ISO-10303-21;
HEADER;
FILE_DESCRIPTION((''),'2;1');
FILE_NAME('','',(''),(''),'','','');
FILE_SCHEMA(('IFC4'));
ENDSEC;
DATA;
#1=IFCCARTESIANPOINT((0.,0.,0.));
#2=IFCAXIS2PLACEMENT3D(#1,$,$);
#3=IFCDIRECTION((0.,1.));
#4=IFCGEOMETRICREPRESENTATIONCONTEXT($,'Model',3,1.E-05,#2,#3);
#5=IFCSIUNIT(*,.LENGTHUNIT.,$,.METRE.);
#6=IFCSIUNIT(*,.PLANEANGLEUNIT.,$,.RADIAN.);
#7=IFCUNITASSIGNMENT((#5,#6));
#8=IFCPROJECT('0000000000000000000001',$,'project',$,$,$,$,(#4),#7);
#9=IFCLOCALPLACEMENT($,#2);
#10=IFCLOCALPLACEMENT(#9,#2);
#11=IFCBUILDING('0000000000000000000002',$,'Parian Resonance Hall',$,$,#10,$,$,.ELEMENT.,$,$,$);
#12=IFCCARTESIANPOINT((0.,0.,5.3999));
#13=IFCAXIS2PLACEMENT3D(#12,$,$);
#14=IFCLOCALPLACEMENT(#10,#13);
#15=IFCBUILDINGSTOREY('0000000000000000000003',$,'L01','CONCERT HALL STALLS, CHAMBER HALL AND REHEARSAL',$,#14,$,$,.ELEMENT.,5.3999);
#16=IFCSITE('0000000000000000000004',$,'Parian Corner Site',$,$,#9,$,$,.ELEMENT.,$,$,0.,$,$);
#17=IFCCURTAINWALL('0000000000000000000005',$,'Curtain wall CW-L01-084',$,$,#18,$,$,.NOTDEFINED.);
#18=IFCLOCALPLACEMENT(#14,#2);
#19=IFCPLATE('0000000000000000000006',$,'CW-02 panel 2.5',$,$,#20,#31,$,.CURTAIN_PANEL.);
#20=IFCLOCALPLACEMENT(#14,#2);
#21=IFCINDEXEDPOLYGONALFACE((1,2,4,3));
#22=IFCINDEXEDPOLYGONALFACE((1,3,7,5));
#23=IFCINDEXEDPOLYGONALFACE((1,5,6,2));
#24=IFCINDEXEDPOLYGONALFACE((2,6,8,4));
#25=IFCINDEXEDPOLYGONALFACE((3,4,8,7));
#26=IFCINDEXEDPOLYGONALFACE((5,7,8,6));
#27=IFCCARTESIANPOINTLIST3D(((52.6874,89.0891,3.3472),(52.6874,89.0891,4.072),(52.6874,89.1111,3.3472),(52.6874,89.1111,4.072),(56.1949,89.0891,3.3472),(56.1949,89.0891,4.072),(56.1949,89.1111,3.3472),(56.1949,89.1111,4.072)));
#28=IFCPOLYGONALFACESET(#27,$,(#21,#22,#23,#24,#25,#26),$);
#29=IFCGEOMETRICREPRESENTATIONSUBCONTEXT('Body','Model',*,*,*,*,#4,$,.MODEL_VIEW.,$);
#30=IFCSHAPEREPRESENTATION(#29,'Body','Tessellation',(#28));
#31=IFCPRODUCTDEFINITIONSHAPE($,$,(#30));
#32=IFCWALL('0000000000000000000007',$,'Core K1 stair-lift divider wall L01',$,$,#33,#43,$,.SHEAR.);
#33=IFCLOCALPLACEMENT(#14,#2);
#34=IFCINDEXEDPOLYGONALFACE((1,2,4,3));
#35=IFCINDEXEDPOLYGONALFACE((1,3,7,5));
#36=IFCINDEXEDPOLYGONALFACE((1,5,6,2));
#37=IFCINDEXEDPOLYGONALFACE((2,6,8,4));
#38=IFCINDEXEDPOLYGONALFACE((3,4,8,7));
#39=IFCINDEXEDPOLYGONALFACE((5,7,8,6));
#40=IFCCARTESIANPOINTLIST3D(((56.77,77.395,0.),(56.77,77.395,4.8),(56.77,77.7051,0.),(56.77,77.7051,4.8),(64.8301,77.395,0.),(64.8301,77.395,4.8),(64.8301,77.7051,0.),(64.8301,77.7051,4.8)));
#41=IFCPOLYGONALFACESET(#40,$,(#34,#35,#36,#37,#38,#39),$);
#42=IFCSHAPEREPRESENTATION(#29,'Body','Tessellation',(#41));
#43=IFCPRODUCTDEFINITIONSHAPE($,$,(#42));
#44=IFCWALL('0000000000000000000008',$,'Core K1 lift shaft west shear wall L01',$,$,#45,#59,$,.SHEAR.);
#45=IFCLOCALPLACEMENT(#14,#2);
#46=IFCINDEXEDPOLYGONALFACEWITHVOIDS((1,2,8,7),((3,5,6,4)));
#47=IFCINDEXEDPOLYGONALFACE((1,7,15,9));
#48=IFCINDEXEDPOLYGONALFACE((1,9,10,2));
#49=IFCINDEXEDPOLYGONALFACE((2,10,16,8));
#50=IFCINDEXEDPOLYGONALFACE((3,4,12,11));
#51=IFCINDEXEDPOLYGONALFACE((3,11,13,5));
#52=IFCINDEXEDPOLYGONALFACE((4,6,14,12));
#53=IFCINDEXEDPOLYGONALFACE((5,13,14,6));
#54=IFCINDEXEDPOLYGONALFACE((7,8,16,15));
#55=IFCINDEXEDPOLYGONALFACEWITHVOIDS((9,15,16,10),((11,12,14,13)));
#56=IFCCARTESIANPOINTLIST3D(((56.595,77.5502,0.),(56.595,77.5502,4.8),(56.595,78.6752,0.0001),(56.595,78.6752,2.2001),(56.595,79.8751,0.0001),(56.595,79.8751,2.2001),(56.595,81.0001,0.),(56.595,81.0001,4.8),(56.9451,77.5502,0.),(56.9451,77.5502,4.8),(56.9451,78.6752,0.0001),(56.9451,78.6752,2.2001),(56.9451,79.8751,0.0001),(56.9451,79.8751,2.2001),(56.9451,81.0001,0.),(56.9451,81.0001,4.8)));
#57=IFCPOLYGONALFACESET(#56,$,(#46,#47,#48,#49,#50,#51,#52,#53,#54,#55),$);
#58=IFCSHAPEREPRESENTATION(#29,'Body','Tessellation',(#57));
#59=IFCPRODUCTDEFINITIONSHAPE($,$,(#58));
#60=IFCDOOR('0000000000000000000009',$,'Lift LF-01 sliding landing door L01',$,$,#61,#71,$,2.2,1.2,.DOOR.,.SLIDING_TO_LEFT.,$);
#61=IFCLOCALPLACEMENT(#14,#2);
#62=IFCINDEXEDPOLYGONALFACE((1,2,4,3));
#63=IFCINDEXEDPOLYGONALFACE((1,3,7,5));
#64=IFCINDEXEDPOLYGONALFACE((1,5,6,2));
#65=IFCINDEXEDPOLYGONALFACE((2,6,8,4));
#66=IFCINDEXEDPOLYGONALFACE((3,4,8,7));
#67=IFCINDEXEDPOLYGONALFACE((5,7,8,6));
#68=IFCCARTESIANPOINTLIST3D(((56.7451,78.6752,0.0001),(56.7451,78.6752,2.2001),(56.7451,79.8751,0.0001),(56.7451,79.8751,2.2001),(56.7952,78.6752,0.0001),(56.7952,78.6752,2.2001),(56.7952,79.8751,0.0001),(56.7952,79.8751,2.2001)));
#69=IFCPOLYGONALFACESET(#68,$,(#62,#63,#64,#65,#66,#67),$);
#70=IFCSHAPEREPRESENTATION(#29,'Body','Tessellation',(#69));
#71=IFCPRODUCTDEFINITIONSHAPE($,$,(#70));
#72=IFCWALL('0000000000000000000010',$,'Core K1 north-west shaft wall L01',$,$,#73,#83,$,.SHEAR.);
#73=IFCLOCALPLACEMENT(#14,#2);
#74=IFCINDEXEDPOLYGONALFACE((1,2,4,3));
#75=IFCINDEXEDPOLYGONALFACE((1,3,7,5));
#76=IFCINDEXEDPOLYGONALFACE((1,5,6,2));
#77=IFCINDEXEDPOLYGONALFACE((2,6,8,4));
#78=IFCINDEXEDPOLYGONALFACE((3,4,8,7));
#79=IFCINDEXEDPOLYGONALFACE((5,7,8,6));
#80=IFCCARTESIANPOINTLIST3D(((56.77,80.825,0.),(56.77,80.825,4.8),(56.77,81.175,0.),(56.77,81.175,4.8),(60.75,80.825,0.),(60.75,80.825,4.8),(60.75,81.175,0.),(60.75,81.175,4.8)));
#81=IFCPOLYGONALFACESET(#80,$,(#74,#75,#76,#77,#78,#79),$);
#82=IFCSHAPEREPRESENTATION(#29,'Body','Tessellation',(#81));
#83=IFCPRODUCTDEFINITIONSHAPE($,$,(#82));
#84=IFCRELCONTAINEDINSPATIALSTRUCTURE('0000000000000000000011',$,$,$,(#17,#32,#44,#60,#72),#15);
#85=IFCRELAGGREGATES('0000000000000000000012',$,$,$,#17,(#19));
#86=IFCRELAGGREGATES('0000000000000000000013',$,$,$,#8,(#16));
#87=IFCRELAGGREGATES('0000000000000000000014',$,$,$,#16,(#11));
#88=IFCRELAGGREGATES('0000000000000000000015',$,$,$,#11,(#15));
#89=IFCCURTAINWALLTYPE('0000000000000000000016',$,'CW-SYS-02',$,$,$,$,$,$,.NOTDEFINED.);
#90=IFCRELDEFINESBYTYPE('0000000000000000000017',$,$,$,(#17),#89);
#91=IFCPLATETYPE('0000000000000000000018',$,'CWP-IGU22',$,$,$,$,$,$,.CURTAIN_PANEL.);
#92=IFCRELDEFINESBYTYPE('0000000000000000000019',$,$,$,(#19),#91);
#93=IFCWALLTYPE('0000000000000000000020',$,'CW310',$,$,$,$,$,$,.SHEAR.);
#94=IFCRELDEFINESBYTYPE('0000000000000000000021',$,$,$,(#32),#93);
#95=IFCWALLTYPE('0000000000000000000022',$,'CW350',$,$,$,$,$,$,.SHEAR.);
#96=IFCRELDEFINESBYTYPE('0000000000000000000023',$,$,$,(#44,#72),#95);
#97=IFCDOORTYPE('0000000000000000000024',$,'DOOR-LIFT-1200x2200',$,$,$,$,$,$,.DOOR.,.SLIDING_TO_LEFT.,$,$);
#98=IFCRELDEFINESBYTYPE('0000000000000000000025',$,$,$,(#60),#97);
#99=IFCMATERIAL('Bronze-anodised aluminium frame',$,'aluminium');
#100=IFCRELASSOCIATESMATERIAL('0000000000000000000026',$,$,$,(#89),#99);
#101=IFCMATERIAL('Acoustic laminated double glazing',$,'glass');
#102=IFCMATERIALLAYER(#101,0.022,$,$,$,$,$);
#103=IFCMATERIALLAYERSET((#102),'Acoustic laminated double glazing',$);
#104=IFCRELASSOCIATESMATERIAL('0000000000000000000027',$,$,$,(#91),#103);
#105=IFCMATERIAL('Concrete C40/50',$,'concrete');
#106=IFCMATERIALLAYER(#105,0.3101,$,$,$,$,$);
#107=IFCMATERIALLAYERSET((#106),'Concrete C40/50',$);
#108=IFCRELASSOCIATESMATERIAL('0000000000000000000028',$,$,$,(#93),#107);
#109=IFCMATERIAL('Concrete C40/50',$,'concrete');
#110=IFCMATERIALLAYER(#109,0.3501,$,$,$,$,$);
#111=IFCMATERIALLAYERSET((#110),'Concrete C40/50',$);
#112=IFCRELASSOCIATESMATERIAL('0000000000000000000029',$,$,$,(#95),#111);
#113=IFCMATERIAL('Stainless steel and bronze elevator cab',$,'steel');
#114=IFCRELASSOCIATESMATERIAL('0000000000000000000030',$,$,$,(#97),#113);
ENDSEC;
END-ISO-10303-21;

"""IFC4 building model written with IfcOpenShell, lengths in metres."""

from ifc_helpers import new_model, si_unit, direction, frame, frame_2d, origin, origin_2d, place, context, subcontext, project, spatial, rectangle, extrude, material, layer, layer_set, type_object, element, fill, aggregate, save


model = new_model("IFC4")

# Units and contexts
model_context = context("Model", 3, precision=1e-05, world=origin(), true_north=direction((0.0, 1.0)))
body_context = subcontext(model_context, "Body", "Model", "MODEL_VIEW")
ifc_project = project(units=[si_unit("LENGTHUNIT", "METRE"), si_unit("PLANEANGLEUNIT", "RADIAN")], contexts=[model_context])

# Site, building, storey
site_placement = place(None, origin())
site = spatial("IfcSite", under=ifc_project, at=site_placement, Name="Parian Corner Site", CompositionType="ELEMENT", RefElevation=0.0)
building_placement = place(site_placement, origin())
building = spatial("IfcBuilding", under=site, at=building_placement, Name="Parian Resonance Hall", CompositionType="ELEMENT")
storey_placement = place(building_placement, frame((0.0, 0.0, 5.3999)))
storey = spatial("IfcBuildingStorey", under=building, at=storey_placement, Name="L01", Description="CONCERT HALL STALLS, CHAMBER HALL AND REHEARSAL", CompositionType="ELEMENT", Elevation=5.3999)

# Curtain wall
ifc_material_1 = material(Name="Bronze-anodised aluminium frame", Category="aluminium")
curtain_wall_type_1 = type_object("IfcCurtainWallType", Name="CW-SYS-02", PredefinedType="NOTDEFINED", material=ifc_material_1)
curtain_wall_1_placement = place(storey_placement, origin())
curtain_wall_1 = element("IfcCurtainWall", 1, at=curtain_wall_1_placement, inside=storey, type_object=curtain_wall_type_1, Name="Curtain wall CW-L01-084", PredefinedType="NOTDEFINED")

# Plate
ifc_material_2 = material(Name="Acoustic laminated double glazing", Category="glass")
ifc_layer_1 = layer(ifc_material_2, 0.022)
ifc_layer_set_1 = layer_set([ifc_layer_1], Name="Acoustic laminated double glazing")
plate_type = type_object("IfcPlateType", Name="CWP-IGU22", PredefinedType="CURTAIN_PANEL", material=ifc_layer_set_1)
plate_1_placement = place(storey_placement, frame((54.4412, 89.1001, 3.3472), z_axis=(0.0, 0.0, 1.0), x_axis=(1.0, 0.0, 0.0)))
plate_1 = element("IfcPlate", 2, at=plate_1_placement, type_object=plate_type, Name="CW-02 panel 2.5", PredefinedType="CURTAIN_PANEL", context=body_context, shape_type="SweptSolid", body=[
    extrude(rectangle(XDim=3.5076, YDim=0.022, at=origin_2d()), origin(), (0.0, 0.0, 1.0), 0.7249),
])
aggregate(curtain_wall_1, [plate_1])

# Wall
ifc_material_3 = material(Name="Concrete C40/50", Category="concrete")
ifc_layer_2 = layer(ifc_material_3, 0.3101)
ifc_layer_set_2 = layer_set([ifc_layer_2], Name="Concrete C40/50")
wall_type_1 = type_object("IfcWallType", Name="CW310", PredefinedType="SHEAR", material=ifc_layer_set_2)
wall_1_placement = place(storey_placement, frame((56.77, 77.55, 0.0), z_axis=(0.0, 0.0, 1.0), x_axis=(1.0, 0.0, 0.0)))
element("IfcWall", 3, at=wall_1_placement, inside=storey, type_object=wall_type_1, Name="Core K1 stair-lift divider wall L01", PredefinedType="SHEAR", context=body_context, shape_type="SweptSolid", body=[
    extrude(rectangle(XDim=8.0601, YDim=0.3101, at=frame_2d((4.03, 0.0))), origin(), (0.0, 0.0, 1.0), 4.8),
])

# Wall, opening, door
ifc_material_4 = material(Name="Concrete C40/50", Category="concrete")
ifc_layer_3 = layer(ifc_material_4, 0.3501)
ifc_layer_set_3 = layer_set([ifc_layer_3], Name="Concrete C40/50")
wall_type_2 = type_object("IfcWallType", Name="CW350", PredefinedType="SHEAR", material=ifc_layer_set_3)
wall_2_placement = place(storey_placement, frame((56.77, 77.55, 0.0), z_axis=(0.0, 0.0, 1.0), x_axis=(0.0, 1.0, 0.0)))
wall_2 = element("IfcWall", 4, at=wall_2_placement, inside=storey, type_object=wall_type_2, Name="Core K1 lift shaft west shear wall L01", PredefinedType="SHEAR", context=body_context, shape_type="SweptSolid", body=[
    extrude(rectangle(XDim=3.45, YDim=0.3501, at=frame_2d((1.7251, 0.0))), origin(), (0.0, 0.0, 1.0), 4.8),
])
opening_placement = place(wall_2_placement, frame((1.125, 0.0, 0.0)))
opening = element("IfcOpeningElement", 5, at=opening_placement, cuts=wall_2, PredefinedType="OPENING", context=body_context, shape_type="SweptSolid", body=[
    extrude(rectangle(XDim=1.2, YDim=2.2, at=frame_2d((0.6001, 1.1001))), frame((0.0, 0.1851, 0.0), z_axis=(0.0, -1.0, 0.0), x_axis=(1.0, 0.0, 0.0)), (0.0, 0.0, 1.0), 0.3701),
])
ifc_material_5 = material(Name="Stainless steel and bronze elevator cab", Category="steel")
door_type = type_object("IfcDoorType", Name="DOOR-LIFT-1200x2200", OperationType="SLIDING_TO_LEFT", PredefinedType="DOOR", material=ifc_material_5)
door_placement = place(opening_placement, origin())
door = element("IfcDoor", 6, at=door_placement, inside=storey, type_object=door_type, Name="Lift LF-01 sliding landing door L01", OperationType="SLIDING_TO_LEFT", OverallHeight=2.2, OverallWidth=1.2, PredefinedType="DOOR", context=body_context, shape_type="SweptSolid", body=[
    extrude(rectangle(XDim=1.2, YDim=2.2, at=frame_2d((0.6001, 1.1001))), frame((0.0, 0.0249, 0.0), z_axis=(0.0, -1.0, 0.0), x_axis=(1.0, 0.0, 0.0)), (0.0, 0.0, 1.0), 0.05),
])
fill(opening, door)

# Wall
wall_3_placement = place(storey_placement, frame((56.77, 81.0, 0.0), z_axis=(0.0, 0.0, 1.0), x_axis=(1.0, 0.0, 0.0)))
element("IfcWall", 7, at=wall_3_placement, inside=storey, type_object=wall_type_2, Name="Core K1 north-west shaft wall L01", PredefinedType="SHEAR", context=body_context, shape_type="SweptSolid", body=[
    extrude(rectangle(XDim=3.98, YDim=0.3501, at=frame_2d((1.99, 0.0))), origin(), (0.0, 0.0, 1.0), 4.8),
])

save(model, "model.ifc")
